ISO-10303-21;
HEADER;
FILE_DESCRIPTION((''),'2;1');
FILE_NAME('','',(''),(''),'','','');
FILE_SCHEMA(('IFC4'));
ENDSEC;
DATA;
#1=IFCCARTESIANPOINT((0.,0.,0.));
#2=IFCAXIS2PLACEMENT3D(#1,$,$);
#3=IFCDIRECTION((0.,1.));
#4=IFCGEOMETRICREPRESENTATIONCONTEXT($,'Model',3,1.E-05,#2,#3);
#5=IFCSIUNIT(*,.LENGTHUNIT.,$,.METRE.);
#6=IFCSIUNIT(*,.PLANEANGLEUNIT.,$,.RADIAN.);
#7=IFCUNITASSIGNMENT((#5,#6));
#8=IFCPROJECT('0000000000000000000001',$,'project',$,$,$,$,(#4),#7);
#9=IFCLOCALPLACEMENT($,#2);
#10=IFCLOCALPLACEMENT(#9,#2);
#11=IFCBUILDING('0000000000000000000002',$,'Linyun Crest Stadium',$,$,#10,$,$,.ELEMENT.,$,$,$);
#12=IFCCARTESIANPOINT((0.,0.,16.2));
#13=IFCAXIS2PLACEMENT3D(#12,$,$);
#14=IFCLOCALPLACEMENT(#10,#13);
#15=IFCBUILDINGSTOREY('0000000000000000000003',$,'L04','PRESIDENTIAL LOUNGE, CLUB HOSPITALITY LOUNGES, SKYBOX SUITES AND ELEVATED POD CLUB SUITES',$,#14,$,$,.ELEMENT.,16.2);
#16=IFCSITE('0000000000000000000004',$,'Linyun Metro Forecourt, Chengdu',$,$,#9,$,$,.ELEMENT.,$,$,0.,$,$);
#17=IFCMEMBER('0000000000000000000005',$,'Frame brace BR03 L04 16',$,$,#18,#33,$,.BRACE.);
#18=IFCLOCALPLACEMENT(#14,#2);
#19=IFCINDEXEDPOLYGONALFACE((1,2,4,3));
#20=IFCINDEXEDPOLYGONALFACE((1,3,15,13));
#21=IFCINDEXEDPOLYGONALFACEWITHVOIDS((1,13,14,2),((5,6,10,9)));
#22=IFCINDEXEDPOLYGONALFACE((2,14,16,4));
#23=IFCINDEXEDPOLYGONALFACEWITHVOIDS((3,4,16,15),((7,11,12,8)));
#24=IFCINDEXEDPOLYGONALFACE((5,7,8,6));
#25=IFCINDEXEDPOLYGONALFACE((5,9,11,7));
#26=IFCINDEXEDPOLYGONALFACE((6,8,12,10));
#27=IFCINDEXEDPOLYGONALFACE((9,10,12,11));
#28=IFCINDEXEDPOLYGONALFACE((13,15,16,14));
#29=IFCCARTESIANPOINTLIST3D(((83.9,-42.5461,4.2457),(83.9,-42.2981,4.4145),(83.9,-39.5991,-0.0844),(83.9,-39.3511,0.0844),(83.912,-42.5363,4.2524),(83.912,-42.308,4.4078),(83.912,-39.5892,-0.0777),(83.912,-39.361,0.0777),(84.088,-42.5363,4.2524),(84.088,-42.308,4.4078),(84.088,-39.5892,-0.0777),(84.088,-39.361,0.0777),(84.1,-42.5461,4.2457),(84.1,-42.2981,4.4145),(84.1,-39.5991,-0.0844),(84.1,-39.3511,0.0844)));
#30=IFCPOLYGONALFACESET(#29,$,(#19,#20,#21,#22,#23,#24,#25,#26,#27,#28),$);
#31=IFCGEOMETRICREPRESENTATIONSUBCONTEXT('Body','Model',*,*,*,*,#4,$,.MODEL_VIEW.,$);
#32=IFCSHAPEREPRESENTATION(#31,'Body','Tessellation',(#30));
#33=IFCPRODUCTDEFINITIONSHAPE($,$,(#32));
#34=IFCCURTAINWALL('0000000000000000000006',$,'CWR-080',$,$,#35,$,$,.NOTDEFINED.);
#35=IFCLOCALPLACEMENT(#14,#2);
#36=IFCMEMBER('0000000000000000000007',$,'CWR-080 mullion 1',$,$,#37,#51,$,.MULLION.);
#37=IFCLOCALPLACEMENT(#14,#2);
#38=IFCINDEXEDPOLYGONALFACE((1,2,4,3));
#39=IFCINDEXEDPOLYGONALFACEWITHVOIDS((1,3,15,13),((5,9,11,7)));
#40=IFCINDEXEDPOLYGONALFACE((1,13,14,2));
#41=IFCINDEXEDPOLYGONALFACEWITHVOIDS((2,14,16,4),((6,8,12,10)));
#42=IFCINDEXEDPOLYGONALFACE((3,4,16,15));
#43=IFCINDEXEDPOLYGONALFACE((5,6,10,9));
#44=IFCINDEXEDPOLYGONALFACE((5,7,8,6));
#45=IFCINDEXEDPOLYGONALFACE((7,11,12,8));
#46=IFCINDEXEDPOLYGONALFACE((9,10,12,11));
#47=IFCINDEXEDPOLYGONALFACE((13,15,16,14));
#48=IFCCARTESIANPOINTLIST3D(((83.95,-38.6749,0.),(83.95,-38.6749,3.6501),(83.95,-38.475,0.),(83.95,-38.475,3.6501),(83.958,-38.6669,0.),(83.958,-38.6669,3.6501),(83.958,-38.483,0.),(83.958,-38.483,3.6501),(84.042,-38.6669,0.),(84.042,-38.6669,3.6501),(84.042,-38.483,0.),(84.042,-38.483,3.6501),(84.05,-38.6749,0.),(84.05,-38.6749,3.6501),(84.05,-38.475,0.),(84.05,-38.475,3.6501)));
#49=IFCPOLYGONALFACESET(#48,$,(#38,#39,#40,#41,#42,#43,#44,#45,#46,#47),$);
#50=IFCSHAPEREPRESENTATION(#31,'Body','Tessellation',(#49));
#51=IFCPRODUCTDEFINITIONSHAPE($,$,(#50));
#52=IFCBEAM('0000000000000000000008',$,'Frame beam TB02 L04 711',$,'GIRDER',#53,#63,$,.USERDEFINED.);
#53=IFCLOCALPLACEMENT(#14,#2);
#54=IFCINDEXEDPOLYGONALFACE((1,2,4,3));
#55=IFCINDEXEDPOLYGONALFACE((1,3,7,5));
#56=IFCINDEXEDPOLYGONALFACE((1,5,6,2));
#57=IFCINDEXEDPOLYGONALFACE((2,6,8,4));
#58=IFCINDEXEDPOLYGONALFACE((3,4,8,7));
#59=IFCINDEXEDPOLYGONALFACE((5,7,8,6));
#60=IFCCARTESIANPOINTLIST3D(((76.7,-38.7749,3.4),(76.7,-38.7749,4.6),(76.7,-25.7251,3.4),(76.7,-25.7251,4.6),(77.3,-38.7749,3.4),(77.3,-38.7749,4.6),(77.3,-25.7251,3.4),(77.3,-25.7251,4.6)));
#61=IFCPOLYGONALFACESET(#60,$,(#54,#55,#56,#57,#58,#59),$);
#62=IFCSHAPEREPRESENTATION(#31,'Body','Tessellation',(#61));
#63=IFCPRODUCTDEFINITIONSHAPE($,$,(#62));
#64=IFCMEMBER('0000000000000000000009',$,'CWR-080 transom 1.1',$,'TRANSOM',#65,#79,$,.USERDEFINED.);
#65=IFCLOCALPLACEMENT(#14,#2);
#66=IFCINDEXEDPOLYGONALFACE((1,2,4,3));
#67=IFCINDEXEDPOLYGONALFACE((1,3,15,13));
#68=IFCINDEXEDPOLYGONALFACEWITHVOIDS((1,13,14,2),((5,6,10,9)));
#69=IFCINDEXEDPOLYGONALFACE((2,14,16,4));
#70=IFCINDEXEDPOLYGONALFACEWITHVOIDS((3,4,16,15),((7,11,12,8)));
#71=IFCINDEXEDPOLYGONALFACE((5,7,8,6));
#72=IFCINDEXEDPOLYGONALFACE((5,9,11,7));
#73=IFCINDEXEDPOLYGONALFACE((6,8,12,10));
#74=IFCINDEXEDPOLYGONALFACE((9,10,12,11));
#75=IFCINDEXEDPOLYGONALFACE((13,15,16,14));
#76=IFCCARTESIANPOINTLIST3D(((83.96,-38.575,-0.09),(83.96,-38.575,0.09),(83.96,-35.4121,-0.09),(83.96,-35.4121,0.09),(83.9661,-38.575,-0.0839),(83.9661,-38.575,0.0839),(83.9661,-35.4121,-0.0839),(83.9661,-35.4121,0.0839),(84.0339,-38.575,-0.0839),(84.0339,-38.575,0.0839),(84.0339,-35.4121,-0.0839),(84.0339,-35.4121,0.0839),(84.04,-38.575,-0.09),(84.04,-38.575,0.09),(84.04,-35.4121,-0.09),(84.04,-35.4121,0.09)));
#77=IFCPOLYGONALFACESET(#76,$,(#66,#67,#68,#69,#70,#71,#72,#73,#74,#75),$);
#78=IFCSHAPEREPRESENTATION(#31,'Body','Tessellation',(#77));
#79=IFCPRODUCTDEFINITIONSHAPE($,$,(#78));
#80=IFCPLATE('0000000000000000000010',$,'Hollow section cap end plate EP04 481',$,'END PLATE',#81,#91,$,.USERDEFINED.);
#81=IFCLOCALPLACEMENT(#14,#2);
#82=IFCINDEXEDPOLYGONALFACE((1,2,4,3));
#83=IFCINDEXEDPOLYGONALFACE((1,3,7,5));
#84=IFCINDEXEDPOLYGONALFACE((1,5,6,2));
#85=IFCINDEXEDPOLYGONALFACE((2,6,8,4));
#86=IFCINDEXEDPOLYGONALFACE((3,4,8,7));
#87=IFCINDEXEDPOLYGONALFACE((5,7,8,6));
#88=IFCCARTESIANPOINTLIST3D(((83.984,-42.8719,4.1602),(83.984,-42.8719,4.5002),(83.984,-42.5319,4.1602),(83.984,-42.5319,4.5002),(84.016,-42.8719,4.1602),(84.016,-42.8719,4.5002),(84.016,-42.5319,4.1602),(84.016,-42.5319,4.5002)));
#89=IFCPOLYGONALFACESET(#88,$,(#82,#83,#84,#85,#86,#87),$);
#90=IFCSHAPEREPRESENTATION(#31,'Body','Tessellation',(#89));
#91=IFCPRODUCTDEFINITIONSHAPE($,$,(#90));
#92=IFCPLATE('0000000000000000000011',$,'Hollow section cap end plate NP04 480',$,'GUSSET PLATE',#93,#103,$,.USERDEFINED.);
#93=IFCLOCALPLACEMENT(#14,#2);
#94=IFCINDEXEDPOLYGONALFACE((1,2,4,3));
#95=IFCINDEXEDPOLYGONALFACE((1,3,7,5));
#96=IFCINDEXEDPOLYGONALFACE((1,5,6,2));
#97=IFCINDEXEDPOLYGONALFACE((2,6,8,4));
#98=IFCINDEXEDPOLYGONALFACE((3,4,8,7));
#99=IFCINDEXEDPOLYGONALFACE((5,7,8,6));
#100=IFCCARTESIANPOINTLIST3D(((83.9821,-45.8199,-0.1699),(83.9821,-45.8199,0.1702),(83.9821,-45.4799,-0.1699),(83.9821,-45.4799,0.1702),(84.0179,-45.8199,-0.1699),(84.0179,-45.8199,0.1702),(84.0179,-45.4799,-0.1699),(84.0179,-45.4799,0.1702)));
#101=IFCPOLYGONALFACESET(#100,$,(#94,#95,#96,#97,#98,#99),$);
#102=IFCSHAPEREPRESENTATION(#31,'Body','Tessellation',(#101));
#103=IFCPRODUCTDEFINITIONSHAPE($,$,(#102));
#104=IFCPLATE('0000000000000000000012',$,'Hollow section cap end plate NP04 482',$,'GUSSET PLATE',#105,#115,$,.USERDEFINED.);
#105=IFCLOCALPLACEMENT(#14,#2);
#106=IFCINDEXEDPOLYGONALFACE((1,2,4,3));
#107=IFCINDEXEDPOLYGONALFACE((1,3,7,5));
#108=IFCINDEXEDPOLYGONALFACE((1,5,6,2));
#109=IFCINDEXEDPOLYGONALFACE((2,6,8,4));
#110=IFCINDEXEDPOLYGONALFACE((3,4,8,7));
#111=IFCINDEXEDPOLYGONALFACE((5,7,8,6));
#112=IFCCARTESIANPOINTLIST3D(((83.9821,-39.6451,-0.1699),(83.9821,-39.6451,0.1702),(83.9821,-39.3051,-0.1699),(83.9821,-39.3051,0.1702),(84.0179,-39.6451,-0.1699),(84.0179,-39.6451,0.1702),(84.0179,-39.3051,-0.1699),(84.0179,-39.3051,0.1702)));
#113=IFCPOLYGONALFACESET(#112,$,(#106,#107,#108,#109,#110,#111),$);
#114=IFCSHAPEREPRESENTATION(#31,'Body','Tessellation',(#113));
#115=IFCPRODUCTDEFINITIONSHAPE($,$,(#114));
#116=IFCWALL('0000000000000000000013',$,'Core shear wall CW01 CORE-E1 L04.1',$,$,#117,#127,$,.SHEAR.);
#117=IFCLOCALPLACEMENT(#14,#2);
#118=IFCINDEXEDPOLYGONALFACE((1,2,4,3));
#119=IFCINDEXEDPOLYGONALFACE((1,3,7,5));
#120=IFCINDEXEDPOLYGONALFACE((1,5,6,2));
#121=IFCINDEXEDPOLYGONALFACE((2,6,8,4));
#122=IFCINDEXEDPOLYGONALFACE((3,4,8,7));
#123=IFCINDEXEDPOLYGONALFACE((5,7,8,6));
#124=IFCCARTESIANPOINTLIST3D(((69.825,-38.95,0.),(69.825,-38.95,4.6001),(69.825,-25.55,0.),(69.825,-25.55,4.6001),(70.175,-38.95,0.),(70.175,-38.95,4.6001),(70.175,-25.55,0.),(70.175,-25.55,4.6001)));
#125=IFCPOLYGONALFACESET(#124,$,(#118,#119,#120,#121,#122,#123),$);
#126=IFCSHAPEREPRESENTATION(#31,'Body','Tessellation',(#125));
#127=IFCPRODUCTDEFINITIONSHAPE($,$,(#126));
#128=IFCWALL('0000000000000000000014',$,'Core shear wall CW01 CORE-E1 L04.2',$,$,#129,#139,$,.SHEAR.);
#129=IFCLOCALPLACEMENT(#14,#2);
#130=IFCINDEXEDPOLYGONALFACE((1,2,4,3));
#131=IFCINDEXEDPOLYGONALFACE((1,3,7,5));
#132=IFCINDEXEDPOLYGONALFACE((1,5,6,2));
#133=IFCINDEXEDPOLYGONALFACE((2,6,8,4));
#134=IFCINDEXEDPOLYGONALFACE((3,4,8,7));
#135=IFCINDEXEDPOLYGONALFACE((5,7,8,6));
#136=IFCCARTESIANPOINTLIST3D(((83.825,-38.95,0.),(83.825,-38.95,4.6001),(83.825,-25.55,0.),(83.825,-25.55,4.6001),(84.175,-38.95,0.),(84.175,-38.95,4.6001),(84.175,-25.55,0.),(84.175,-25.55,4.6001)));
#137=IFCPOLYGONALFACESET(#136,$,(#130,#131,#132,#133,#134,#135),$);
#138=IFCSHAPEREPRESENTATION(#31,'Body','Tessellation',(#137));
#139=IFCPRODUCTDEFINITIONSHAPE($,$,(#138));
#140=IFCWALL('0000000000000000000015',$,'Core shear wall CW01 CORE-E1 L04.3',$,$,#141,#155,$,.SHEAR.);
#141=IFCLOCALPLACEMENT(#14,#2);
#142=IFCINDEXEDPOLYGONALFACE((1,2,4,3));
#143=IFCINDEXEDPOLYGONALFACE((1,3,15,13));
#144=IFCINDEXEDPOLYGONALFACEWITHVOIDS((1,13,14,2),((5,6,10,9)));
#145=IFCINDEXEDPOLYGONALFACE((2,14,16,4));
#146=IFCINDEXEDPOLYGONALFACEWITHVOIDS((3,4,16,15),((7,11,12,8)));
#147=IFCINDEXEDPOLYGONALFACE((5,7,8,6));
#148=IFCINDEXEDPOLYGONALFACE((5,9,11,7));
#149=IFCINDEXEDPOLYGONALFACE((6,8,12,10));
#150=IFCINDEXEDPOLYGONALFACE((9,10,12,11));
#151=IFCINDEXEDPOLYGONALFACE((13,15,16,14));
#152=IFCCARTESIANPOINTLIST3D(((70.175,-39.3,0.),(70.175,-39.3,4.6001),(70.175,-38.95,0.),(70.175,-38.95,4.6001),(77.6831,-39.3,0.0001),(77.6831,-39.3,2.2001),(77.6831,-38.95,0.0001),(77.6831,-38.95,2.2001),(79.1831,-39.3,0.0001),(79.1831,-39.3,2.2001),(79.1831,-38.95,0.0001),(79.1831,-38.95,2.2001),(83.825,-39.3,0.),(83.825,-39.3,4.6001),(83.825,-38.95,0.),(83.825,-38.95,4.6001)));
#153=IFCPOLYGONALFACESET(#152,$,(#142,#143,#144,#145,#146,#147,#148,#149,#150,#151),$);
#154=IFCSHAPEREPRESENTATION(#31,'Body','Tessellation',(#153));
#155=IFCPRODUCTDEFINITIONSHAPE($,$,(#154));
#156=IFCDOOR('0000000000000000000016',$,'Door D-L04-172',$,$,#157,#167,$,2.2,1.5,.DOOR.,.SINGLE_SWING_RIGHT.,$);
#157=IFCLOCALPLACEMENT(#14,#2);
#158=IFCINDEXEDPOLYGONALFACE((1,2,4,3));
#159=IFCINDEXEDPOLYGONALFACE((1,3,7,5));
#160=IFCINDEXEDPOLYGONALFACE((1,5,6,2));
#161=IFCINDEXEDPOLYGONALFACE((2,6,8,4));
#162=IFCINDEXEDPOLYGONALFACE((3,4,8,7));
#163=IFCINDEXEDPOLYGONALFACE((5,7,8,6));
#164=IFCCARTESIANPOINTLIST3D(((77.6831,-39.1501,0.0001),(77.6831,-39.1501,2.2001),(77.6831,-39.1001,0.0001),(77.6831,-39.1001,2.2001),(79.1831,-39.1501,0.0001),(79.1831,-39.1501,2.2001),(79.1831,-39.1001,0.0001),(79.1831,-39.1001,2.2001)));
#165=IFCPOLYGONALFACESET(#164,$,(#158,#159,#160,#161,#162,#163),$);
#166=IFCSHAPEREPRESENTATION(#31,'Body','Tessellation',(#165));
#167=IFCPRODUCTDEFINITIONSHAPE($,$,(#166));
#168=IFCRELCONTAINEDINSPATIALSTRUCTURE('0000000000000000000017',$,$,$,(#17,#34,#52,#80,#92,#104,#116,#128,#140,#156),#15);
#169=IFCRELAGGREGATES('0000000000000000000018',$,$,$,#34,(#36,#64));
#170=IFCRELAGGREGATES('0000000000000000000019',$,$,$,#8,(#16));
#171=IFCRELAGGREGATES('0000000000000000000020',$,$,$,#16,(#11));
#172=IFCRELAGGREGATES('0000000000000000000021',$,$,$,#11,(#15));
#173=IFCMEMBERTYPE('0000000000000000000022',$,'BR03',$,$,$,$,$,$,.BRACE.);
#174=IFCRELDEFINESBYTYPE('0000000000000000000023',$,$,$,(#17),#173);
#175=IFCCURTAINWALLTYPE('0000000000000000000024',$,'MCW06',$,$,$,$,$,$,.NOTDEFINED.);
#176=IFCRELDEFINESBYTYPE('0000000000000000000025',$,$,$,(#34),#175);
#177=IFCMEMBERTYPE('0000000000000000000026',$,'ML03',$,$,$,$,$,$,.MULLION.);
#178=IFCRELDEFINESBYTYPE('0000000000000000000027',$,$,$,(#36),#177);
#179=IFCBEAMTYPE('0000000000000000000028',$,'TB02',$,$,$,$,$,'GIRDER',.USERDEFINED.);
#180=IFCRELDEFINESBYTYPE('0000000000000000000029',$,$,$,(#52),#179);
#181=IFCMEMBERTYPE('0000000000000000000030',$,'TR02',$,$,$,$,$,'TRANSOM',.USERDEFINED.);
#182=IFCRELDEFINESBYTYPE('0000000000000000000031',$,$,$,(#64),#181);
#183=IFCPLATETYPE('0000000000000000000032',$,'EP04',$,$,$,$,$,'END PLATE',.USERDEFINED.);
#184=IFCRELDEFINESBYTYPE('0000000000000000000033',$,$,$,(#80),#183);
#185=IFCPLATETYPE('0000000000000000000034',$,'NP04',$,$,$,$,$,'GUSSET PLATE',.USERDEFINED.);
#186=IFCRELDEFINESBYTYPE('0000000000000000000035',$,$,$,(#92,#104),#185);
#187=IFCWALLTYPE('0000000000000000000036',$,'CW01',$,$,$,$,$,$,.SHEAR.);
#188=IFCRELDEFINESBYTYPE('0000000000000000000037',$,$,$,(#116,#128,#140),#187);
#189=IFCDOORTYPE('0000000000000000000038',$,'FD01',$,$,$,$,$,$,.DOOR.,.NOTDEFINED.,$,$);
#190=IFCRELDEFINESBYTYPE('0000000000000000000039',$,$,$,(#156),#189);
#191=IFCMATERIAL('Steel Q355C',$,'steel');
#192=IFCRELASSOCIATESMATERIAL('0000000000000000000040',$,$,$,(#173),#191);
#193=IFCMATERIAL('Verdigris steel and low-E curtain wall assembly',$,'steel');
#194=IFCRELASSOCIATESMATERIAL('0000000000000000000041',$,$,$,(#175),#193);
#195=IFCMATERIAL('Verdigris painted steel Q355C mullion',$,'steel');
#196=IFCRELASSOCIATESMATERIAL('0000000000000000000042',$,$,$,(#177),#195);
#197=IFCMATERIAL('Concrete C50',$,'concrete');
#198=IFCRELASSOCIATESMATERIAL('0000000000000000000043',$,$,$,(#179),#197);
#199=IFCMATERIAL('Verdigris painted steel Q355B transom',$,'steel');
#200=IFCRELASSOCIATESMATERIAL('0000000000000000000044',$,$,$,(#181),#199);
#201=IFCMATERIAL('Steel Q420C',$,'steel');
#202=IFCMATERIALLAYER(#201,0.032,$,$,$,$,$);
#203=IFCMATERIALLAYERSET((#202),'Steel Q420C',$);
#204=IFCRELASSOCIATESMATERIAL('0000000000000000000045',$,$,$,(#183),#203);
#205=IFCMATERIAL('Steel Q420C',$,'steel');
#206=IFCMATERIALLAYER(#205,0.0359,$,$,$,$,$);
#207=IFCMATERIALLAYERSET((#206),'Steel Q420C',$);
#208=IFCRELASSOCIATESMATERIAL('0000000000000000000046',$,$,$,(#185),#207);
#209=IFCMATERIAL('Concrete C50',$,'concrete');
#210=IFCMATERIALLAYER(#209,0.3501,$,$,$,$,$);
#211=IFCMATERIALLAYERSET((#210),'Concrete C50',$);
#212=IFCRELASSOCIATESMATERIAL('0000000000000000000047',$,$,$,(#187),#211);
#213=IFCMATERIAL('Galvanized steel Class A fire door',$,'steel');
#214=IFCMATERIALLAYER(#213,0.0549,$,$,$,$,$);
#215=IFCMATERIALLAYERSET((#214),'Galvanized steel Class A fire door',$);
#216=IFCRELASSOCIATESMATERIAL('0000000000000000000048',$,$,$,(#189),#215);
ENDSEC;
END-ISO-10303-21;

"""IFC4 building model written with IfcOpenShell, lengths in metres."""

from ifc_helpers import new_model, si_unit, direction, frame, frame_2d, origin, origin_2d, place, context, subcontext, project, spatial, rectangle, hollow_rectangle, extrude, material, layer, layer_set, material_profile, profile_set, type_object, element, fill, aggregate, save


model = new_model("IFC4")

# Units and contexts
model_context = context("Model", 3, precision=1e-05, world=origin(), true_north=direction((0.0, 1.0)))
body_context = subcontext(model_context, "Body", "Model", "MODEL_VIEW")
ifc_project = project(units=[si_unit("LENGTHUNIT", "METRE"), si_unit("PLANEANGLEUNIT", "RADIAN")], contexts=[model_context])

# Site, building, storey
site_placement = place(None, origin())
site = spatial("IfcSite", under=ifc_project, at=site_placement, Name="Linyun Metro Forecourt, Chengdu", CompositionType="ELEMENT", RefElevation=0.0)
building_placement = place(site_placement, origin())
building = spatial("IfcBuilding", under=site, at=building_placement, Name="Linyun Crest Stadium", CompositionType="ELEMENT")
storey_placement = place(building_placement, frame((0.0, 0.0, 16.2)))
storey = spatial("IfcBuildingStorey", under=building, at=storey_placement, Name="L04", Description="PRESIDENTIAL LOUNGE, CLUB HOSPITALITY LOUNGES, SKYBOX SUITES AND ELEVATED POD CLUB SUITES", CompositionType="ELEMENT", Elevation=16.2)

# Member
ifc_material_1 = material(Name="Steel Q355C", Category="steel")
ifc_material_profile_1 = material_profile(ifc_material_1, hollow_rectangle(XDim=0.2, YDim=0.3, WallThickness=0.012, at=origin_2d()), Name="RHS 300x200x12")
ifc_profile_set_1 = profile_set([ifc_material_profile_1], Name="Steel Q355C")
member_type_1 = type_object("IfcMemberType", Name="BR03", PredefinedType="BRACE", material=ifc_profile_set_1)
member_1_placement = place(storey_placement, frame((84.0, -39.4751, 0.0), z_axis=(0.0, -0.562645, 0.826698), x_axis=(1.0, 0.0, 0.0)))
element("IfcMember", 1, at=member_1_placement, inside=storey, type_object=member_type_1, Name="Frame brace BR03 L04 16", PredefinedType="BRACE", context=body_context, shape_type="SweptSolid", body=[
    extrude(hollow_rectangle(XDim=0.2, YDim=0.3, WallThickness=0.012, at=origin_2d()), origin(), (0.0, 0.0, 1.0), 5.2378),
])

# Curtain wall, member
ifc_material_2 = material(Name="Verdigris steel and low-E curtain wall assembly", Category="steel")
curtain_wall_type = type_object("IfcCurtainWallType", Name="MCW06", PredefinedType="NOTDEFINED", material=ifc_material_2)
curtain_wall_placement = place(storey_placement, origin())
curtain_wall = element("IfcCurtainWall", 2, at=curtain_wall_placement, inside=storey, type_object=curtain_wall_type, Name="CWR-080", PredefinedType="NOTDEFINED")
ifc_material_3 = material(Name="Verdigris painted steel Q355C mullion", Category="steel")
ifc_material_profile_2 = material_profile(ifc_material_3, hollow_rectangle(XDim=0.1001, YDim=0.2, WallThickness=0.0081, at=origin_2d()), Name="RHS 200x100x8")
ifc_profile_set_2 = profile_set([ifc_material_profile_2], Name="Verdigris painted steel Q355C mullion")
member_type_2 = type_object("IfcMemberType", Name="ML03", PredefinedType="MULLION", material=ifc_profile_set_2)
member_2_placement = place(storey_placement, frame((84.0, -38.575, 0.0), z_axis=(0.0, 0.0, 1.0), x_axis=(-1.0, 0.0, 0.0)))
member_2 = element("IfcMember", 3, at=member_2_placement, type_object=member_type_2, Name="CWR-080 mullion 1", PredefinedType="MULLION", context=body_context, shape_type="SweptSolid", body=[
    extrude(hollow_rectangle(XDim=0.1001, YDim=0.2, WallThickness=0.0081, at=origin_2d()), origin(), (0.0, 0.0, 1.0), 3.6501),
])

# Beam
ifc_material_4 = material(Name="Concrete C50", Category="concrete")
ifc_material_profile_3 = material_profile(ifc_material_4, rectangle(XDim=0.6001, YDim=1.2, at=origin_2d()), Name="RCB 1200x600")
ifc_profile_set_3 = profile_set([ifc_material_profile_3], Name="Concrete C50")
beam_type_1 = type_object("IfcBeamType", Name="TB02", ElementType="GIRDER", PredefinedType="USERDEFINED", material=ifc_profile_set_3)
beam_1_placement = place(storey_placement, frame((77.0, -38.7749, 4.0), z_axis=(0.0, 1.0, 0.0), x_axis=(-1.0, 0.0, 0.0)))
element("IfcBeam", 4, at=beam_1_placement, inside=storey, type_object=beam_type_1, Name="Frame beam TB02 L04 711", ObjectType="GIRDER", PredefinedType="USERDEFINED", context=body_context, shape_type="SweptSolid", body=[
    extrude(rectangle(XDim=0.6001, YDim=1.2, at=origin_2d()), origin(), (0.0, 0.0, 1.0), 13.0498),
])

# Member
ifc_material_5 = material(Name="Verdigris painted steel Q355B transom", Category="steel")
ifc_material_profile_4 = material_profile(ifc_material_5, hollow_rectangle(XDim=0.0801, YDim=0.1799, WallThickness=0.0061, at=origin_2d()), Name="RHS 180x80x6")
ifc_profile_set_4 = profile_set([ifc_material_profile_4], Name="Verdigris painted steel Q355B transom")
member_type_3 = type_object("IfcMemberType", Name="TR02", ElementType="TRANSOM", PredefinedType="USERDEFINED", material=ifc_profile_set_4)
member_3_placement = place(storey_placement, frame((84.0, -38.575, 0.0), z_axis=(0.0, 1.0, 0.0), x_axis=(-1.0, 0.0, 0.0)))
member_3 = element("IfcMember", 5, at=member_3_placement, type_object=member_type_3, Name="CWR-080 transom 1.1", ObjectType="TRANSOM", PredefinedType="USERDEFINED", context=body_context, shape_type="SweptSolid", body=[
    extrude(hollow_rectangle(XDim=0.0801, YDim=0.1799, WallThickness=0.0061, at=origin_2d()), origin(), (0.0, 0.0, 1.0), 3.1628),
])
aggregate(curtain_wall, [member_2, member_3])

# Plates
ifc_material_6 = material(Name="Steel Q420C", Category="steel")
ifc_layer_1 = layer(ifc_material_6, 0.032)
ifc_layer_set_1 = layer_set([ifc_layer_1], Name="Steel Q420C")
plate_type_1 = type_object("IfcPlateType", Name="EP04", ElementType="END PLATE", PredefinedType="USERDEFINED", material=ifc_layer_set_1)
plate_placement = place(storey_placement, frame((84.0, -42.7019, 4.1602), z_axis=(0.0, 0.0, 1.0), x_axis=(0.0, 1.0, 0.0)))
element("IfcPlate", 6, at=plate_placement, inside=storey, type_object=plate_type_1, Name="Hollow section cap end plate EP04 481", ObjectType="END PLATE", PredefinedType="USERDEFINED", context=body_context, shape_type="SweptSolid", body=[
    extrude(rectangle(XDim=0.3401, YDim=0.032, at=origin_2d()), origin(), (0.0, 0.0, 1.0), 0.3401),
])
ifc_material_7 = material(Name="Steel Q420C", Category="steel")
ifc_layer_2 = layer(ifc_material_7, 0.0359)
ifc_layer_set_2 = layer_set([ifc_layer_2], Name="Steel Q420C")
plate_type_2 = type_object("IfcPlateType", Name="NP04", ElementType="GUSSET PLATE", PredefinedType="USERDEFINED", material=ifc_layer_set_2)
for number, where, z_axis, x_axis, name in (
    (7, (84.0, -45.6499, -0.1699), (0.0, 0.0, 1.0), (0.0, 1.0, 0.0), "Hollow section cap end plate NP04 480"),
    (8, (84.0, -39.4751, -0.1699), (0.0, 0.0, 1.0), (0.0, 1.0, 0.0), "Hollow section cap end plate NP04 482"),
):
    element("IfcPlate", number, at=place(storey_placement, frame(where, z_axis=z_axis, x_axis=x_axis)), inside=storey, type_object=plate_type_2, Name=name, ObjectType="GUSSET PLATE", PredefinedType="USERDEFINED", context=body_context, shape_type="SweptSolid", body=[
        extrude(rectangle(XDim=0.3401, YDim=0.0359, at=origin_2d()), origin(), (0.0, 0.0, 1.0), 0.3401),
    ])

# Walls
ifc_material_8 = material(Name="Concrete C50", Category="concrete")
ifc_layer_3 = layer(ifc_material_8, 0.3501)
ifc_layer_set_3 = layer_set([ifc_layer_3], Name="Concrete C50")
wall_type_1 = type_object("IfcWallType", Name="CW01", PredefinedType="SHEAR", material=ifc_layer_set_3)
for number, where, z_axis, x_axis, name in (
    (9, (70.0, -38.95, 0.0), (0.0, 0.0, 1.0), (0.0, 1.0, 0.0), "Core shear wall CW01 CORE-E1 L04.1"),
    (10, (84.0, -38.95, 0.0), (0.0, 0.0, 1.0), (0.0, 1.0, 0.0), "Core shear wall CW01 CORE-E1 L04.2"),
):
    element("IfcWall", number, at=place(storey_placement, frame(where, z_axis=z_axis, x_axis=x_axis)), inside=storey, type_object=wall_type_1, Name=name, PredefinedType="SHEAR", context=body_context, shape_type="SweptSolid", body=[
        extrude(rectangle(XDim=13.3999, YDim=0.3501, at=frame_2d((6.7, 0.0))), origin(), (0.0, 0.0, 1.0), 4.6001),
    ])

# Wall, opening, door
wall_1_placement = place(storey_placement, frame((70.175, -39.125, 0.0), z_axis=(0.0, 0.0, 1.0), x_axis=(1.0, 0.0, 0.0)))
wall_1 = element("IfcWall", 11, at=wall_1_placement, inside=storey, type_object=wall_type_1, Name="Core shear wall CW01 CORE-E1 L04.3", PredefinedType="SHEAR", context=body_context, shape_type="SweptSolid", body=[
    extrude(rectangle(XDim=13.6499, YDim=0.3501, at=frame_2d((6.825, 0.0))), origin(), (0.0, 0.0, 1.0), 4.6001),
])
opening_1_placement = place(wall_1_placement, frame((7.5081, 0.0, 0.0)))
opening_1 = element("IfcOpeningElement", 12, at=opening_1_placement, cuts=wall_1, PredefinedType="OPENING", context=body_context, shape_type="SweptSolid", body=[
    extrude(rectangle(XDim=1.5, YDim=2.2, at=frame_2d((0.75, 1.1001))), frame((0.0, 0.1851, 0.0), z_axis=(0.0, -1.0, 0.0), x_axis=(1.0, 0.0, 0.0)), (0.0, 0.0, 1.0), 0.3701),
])
ifc_material_9 = material(Name="Galvanized steel Class A fire door", Category="steel")
ifc_layer_4 = layer(ifc_material_9, 0.0549)
ifc_layer_set_4 = layer_set([ifc_layer_4], Name="Galvanized steel Class A fire door")
door_type_1 = type_object("IfcDoorType", Name="FD01", OperationType="NOTDEFINED", PredefinedType="DOOR", material=ifc_layer_set_4)
door_1_placement = place(opening_1_placement, origin())
door_1 = element("IfcDoor", 13, at=door_1_placement, inside=storey, type_object=door_type_1, Name="Door D-L04-172", OperationType="SINGLE_SWING_RIGHT", OverallHeight=2.2, OverallWidth=1.5, PredefinedType="DOOR", context=body_context, shape_type="SweptSolid", body=[
    extrude(rectangle(XDim=1.5, YDim=2.2, at=frame_2d((0.75, 1.1001))), frame((0.0, 0.0249, 0.0), z_axis=(0.0, -1.0, 0.0), x_axis=(1.0, 0.0, 0.0)), (0.0, 0.0, 1.0), 0.05),
])
fill(opening_1, door_1)

save(model, "model.ifc")
